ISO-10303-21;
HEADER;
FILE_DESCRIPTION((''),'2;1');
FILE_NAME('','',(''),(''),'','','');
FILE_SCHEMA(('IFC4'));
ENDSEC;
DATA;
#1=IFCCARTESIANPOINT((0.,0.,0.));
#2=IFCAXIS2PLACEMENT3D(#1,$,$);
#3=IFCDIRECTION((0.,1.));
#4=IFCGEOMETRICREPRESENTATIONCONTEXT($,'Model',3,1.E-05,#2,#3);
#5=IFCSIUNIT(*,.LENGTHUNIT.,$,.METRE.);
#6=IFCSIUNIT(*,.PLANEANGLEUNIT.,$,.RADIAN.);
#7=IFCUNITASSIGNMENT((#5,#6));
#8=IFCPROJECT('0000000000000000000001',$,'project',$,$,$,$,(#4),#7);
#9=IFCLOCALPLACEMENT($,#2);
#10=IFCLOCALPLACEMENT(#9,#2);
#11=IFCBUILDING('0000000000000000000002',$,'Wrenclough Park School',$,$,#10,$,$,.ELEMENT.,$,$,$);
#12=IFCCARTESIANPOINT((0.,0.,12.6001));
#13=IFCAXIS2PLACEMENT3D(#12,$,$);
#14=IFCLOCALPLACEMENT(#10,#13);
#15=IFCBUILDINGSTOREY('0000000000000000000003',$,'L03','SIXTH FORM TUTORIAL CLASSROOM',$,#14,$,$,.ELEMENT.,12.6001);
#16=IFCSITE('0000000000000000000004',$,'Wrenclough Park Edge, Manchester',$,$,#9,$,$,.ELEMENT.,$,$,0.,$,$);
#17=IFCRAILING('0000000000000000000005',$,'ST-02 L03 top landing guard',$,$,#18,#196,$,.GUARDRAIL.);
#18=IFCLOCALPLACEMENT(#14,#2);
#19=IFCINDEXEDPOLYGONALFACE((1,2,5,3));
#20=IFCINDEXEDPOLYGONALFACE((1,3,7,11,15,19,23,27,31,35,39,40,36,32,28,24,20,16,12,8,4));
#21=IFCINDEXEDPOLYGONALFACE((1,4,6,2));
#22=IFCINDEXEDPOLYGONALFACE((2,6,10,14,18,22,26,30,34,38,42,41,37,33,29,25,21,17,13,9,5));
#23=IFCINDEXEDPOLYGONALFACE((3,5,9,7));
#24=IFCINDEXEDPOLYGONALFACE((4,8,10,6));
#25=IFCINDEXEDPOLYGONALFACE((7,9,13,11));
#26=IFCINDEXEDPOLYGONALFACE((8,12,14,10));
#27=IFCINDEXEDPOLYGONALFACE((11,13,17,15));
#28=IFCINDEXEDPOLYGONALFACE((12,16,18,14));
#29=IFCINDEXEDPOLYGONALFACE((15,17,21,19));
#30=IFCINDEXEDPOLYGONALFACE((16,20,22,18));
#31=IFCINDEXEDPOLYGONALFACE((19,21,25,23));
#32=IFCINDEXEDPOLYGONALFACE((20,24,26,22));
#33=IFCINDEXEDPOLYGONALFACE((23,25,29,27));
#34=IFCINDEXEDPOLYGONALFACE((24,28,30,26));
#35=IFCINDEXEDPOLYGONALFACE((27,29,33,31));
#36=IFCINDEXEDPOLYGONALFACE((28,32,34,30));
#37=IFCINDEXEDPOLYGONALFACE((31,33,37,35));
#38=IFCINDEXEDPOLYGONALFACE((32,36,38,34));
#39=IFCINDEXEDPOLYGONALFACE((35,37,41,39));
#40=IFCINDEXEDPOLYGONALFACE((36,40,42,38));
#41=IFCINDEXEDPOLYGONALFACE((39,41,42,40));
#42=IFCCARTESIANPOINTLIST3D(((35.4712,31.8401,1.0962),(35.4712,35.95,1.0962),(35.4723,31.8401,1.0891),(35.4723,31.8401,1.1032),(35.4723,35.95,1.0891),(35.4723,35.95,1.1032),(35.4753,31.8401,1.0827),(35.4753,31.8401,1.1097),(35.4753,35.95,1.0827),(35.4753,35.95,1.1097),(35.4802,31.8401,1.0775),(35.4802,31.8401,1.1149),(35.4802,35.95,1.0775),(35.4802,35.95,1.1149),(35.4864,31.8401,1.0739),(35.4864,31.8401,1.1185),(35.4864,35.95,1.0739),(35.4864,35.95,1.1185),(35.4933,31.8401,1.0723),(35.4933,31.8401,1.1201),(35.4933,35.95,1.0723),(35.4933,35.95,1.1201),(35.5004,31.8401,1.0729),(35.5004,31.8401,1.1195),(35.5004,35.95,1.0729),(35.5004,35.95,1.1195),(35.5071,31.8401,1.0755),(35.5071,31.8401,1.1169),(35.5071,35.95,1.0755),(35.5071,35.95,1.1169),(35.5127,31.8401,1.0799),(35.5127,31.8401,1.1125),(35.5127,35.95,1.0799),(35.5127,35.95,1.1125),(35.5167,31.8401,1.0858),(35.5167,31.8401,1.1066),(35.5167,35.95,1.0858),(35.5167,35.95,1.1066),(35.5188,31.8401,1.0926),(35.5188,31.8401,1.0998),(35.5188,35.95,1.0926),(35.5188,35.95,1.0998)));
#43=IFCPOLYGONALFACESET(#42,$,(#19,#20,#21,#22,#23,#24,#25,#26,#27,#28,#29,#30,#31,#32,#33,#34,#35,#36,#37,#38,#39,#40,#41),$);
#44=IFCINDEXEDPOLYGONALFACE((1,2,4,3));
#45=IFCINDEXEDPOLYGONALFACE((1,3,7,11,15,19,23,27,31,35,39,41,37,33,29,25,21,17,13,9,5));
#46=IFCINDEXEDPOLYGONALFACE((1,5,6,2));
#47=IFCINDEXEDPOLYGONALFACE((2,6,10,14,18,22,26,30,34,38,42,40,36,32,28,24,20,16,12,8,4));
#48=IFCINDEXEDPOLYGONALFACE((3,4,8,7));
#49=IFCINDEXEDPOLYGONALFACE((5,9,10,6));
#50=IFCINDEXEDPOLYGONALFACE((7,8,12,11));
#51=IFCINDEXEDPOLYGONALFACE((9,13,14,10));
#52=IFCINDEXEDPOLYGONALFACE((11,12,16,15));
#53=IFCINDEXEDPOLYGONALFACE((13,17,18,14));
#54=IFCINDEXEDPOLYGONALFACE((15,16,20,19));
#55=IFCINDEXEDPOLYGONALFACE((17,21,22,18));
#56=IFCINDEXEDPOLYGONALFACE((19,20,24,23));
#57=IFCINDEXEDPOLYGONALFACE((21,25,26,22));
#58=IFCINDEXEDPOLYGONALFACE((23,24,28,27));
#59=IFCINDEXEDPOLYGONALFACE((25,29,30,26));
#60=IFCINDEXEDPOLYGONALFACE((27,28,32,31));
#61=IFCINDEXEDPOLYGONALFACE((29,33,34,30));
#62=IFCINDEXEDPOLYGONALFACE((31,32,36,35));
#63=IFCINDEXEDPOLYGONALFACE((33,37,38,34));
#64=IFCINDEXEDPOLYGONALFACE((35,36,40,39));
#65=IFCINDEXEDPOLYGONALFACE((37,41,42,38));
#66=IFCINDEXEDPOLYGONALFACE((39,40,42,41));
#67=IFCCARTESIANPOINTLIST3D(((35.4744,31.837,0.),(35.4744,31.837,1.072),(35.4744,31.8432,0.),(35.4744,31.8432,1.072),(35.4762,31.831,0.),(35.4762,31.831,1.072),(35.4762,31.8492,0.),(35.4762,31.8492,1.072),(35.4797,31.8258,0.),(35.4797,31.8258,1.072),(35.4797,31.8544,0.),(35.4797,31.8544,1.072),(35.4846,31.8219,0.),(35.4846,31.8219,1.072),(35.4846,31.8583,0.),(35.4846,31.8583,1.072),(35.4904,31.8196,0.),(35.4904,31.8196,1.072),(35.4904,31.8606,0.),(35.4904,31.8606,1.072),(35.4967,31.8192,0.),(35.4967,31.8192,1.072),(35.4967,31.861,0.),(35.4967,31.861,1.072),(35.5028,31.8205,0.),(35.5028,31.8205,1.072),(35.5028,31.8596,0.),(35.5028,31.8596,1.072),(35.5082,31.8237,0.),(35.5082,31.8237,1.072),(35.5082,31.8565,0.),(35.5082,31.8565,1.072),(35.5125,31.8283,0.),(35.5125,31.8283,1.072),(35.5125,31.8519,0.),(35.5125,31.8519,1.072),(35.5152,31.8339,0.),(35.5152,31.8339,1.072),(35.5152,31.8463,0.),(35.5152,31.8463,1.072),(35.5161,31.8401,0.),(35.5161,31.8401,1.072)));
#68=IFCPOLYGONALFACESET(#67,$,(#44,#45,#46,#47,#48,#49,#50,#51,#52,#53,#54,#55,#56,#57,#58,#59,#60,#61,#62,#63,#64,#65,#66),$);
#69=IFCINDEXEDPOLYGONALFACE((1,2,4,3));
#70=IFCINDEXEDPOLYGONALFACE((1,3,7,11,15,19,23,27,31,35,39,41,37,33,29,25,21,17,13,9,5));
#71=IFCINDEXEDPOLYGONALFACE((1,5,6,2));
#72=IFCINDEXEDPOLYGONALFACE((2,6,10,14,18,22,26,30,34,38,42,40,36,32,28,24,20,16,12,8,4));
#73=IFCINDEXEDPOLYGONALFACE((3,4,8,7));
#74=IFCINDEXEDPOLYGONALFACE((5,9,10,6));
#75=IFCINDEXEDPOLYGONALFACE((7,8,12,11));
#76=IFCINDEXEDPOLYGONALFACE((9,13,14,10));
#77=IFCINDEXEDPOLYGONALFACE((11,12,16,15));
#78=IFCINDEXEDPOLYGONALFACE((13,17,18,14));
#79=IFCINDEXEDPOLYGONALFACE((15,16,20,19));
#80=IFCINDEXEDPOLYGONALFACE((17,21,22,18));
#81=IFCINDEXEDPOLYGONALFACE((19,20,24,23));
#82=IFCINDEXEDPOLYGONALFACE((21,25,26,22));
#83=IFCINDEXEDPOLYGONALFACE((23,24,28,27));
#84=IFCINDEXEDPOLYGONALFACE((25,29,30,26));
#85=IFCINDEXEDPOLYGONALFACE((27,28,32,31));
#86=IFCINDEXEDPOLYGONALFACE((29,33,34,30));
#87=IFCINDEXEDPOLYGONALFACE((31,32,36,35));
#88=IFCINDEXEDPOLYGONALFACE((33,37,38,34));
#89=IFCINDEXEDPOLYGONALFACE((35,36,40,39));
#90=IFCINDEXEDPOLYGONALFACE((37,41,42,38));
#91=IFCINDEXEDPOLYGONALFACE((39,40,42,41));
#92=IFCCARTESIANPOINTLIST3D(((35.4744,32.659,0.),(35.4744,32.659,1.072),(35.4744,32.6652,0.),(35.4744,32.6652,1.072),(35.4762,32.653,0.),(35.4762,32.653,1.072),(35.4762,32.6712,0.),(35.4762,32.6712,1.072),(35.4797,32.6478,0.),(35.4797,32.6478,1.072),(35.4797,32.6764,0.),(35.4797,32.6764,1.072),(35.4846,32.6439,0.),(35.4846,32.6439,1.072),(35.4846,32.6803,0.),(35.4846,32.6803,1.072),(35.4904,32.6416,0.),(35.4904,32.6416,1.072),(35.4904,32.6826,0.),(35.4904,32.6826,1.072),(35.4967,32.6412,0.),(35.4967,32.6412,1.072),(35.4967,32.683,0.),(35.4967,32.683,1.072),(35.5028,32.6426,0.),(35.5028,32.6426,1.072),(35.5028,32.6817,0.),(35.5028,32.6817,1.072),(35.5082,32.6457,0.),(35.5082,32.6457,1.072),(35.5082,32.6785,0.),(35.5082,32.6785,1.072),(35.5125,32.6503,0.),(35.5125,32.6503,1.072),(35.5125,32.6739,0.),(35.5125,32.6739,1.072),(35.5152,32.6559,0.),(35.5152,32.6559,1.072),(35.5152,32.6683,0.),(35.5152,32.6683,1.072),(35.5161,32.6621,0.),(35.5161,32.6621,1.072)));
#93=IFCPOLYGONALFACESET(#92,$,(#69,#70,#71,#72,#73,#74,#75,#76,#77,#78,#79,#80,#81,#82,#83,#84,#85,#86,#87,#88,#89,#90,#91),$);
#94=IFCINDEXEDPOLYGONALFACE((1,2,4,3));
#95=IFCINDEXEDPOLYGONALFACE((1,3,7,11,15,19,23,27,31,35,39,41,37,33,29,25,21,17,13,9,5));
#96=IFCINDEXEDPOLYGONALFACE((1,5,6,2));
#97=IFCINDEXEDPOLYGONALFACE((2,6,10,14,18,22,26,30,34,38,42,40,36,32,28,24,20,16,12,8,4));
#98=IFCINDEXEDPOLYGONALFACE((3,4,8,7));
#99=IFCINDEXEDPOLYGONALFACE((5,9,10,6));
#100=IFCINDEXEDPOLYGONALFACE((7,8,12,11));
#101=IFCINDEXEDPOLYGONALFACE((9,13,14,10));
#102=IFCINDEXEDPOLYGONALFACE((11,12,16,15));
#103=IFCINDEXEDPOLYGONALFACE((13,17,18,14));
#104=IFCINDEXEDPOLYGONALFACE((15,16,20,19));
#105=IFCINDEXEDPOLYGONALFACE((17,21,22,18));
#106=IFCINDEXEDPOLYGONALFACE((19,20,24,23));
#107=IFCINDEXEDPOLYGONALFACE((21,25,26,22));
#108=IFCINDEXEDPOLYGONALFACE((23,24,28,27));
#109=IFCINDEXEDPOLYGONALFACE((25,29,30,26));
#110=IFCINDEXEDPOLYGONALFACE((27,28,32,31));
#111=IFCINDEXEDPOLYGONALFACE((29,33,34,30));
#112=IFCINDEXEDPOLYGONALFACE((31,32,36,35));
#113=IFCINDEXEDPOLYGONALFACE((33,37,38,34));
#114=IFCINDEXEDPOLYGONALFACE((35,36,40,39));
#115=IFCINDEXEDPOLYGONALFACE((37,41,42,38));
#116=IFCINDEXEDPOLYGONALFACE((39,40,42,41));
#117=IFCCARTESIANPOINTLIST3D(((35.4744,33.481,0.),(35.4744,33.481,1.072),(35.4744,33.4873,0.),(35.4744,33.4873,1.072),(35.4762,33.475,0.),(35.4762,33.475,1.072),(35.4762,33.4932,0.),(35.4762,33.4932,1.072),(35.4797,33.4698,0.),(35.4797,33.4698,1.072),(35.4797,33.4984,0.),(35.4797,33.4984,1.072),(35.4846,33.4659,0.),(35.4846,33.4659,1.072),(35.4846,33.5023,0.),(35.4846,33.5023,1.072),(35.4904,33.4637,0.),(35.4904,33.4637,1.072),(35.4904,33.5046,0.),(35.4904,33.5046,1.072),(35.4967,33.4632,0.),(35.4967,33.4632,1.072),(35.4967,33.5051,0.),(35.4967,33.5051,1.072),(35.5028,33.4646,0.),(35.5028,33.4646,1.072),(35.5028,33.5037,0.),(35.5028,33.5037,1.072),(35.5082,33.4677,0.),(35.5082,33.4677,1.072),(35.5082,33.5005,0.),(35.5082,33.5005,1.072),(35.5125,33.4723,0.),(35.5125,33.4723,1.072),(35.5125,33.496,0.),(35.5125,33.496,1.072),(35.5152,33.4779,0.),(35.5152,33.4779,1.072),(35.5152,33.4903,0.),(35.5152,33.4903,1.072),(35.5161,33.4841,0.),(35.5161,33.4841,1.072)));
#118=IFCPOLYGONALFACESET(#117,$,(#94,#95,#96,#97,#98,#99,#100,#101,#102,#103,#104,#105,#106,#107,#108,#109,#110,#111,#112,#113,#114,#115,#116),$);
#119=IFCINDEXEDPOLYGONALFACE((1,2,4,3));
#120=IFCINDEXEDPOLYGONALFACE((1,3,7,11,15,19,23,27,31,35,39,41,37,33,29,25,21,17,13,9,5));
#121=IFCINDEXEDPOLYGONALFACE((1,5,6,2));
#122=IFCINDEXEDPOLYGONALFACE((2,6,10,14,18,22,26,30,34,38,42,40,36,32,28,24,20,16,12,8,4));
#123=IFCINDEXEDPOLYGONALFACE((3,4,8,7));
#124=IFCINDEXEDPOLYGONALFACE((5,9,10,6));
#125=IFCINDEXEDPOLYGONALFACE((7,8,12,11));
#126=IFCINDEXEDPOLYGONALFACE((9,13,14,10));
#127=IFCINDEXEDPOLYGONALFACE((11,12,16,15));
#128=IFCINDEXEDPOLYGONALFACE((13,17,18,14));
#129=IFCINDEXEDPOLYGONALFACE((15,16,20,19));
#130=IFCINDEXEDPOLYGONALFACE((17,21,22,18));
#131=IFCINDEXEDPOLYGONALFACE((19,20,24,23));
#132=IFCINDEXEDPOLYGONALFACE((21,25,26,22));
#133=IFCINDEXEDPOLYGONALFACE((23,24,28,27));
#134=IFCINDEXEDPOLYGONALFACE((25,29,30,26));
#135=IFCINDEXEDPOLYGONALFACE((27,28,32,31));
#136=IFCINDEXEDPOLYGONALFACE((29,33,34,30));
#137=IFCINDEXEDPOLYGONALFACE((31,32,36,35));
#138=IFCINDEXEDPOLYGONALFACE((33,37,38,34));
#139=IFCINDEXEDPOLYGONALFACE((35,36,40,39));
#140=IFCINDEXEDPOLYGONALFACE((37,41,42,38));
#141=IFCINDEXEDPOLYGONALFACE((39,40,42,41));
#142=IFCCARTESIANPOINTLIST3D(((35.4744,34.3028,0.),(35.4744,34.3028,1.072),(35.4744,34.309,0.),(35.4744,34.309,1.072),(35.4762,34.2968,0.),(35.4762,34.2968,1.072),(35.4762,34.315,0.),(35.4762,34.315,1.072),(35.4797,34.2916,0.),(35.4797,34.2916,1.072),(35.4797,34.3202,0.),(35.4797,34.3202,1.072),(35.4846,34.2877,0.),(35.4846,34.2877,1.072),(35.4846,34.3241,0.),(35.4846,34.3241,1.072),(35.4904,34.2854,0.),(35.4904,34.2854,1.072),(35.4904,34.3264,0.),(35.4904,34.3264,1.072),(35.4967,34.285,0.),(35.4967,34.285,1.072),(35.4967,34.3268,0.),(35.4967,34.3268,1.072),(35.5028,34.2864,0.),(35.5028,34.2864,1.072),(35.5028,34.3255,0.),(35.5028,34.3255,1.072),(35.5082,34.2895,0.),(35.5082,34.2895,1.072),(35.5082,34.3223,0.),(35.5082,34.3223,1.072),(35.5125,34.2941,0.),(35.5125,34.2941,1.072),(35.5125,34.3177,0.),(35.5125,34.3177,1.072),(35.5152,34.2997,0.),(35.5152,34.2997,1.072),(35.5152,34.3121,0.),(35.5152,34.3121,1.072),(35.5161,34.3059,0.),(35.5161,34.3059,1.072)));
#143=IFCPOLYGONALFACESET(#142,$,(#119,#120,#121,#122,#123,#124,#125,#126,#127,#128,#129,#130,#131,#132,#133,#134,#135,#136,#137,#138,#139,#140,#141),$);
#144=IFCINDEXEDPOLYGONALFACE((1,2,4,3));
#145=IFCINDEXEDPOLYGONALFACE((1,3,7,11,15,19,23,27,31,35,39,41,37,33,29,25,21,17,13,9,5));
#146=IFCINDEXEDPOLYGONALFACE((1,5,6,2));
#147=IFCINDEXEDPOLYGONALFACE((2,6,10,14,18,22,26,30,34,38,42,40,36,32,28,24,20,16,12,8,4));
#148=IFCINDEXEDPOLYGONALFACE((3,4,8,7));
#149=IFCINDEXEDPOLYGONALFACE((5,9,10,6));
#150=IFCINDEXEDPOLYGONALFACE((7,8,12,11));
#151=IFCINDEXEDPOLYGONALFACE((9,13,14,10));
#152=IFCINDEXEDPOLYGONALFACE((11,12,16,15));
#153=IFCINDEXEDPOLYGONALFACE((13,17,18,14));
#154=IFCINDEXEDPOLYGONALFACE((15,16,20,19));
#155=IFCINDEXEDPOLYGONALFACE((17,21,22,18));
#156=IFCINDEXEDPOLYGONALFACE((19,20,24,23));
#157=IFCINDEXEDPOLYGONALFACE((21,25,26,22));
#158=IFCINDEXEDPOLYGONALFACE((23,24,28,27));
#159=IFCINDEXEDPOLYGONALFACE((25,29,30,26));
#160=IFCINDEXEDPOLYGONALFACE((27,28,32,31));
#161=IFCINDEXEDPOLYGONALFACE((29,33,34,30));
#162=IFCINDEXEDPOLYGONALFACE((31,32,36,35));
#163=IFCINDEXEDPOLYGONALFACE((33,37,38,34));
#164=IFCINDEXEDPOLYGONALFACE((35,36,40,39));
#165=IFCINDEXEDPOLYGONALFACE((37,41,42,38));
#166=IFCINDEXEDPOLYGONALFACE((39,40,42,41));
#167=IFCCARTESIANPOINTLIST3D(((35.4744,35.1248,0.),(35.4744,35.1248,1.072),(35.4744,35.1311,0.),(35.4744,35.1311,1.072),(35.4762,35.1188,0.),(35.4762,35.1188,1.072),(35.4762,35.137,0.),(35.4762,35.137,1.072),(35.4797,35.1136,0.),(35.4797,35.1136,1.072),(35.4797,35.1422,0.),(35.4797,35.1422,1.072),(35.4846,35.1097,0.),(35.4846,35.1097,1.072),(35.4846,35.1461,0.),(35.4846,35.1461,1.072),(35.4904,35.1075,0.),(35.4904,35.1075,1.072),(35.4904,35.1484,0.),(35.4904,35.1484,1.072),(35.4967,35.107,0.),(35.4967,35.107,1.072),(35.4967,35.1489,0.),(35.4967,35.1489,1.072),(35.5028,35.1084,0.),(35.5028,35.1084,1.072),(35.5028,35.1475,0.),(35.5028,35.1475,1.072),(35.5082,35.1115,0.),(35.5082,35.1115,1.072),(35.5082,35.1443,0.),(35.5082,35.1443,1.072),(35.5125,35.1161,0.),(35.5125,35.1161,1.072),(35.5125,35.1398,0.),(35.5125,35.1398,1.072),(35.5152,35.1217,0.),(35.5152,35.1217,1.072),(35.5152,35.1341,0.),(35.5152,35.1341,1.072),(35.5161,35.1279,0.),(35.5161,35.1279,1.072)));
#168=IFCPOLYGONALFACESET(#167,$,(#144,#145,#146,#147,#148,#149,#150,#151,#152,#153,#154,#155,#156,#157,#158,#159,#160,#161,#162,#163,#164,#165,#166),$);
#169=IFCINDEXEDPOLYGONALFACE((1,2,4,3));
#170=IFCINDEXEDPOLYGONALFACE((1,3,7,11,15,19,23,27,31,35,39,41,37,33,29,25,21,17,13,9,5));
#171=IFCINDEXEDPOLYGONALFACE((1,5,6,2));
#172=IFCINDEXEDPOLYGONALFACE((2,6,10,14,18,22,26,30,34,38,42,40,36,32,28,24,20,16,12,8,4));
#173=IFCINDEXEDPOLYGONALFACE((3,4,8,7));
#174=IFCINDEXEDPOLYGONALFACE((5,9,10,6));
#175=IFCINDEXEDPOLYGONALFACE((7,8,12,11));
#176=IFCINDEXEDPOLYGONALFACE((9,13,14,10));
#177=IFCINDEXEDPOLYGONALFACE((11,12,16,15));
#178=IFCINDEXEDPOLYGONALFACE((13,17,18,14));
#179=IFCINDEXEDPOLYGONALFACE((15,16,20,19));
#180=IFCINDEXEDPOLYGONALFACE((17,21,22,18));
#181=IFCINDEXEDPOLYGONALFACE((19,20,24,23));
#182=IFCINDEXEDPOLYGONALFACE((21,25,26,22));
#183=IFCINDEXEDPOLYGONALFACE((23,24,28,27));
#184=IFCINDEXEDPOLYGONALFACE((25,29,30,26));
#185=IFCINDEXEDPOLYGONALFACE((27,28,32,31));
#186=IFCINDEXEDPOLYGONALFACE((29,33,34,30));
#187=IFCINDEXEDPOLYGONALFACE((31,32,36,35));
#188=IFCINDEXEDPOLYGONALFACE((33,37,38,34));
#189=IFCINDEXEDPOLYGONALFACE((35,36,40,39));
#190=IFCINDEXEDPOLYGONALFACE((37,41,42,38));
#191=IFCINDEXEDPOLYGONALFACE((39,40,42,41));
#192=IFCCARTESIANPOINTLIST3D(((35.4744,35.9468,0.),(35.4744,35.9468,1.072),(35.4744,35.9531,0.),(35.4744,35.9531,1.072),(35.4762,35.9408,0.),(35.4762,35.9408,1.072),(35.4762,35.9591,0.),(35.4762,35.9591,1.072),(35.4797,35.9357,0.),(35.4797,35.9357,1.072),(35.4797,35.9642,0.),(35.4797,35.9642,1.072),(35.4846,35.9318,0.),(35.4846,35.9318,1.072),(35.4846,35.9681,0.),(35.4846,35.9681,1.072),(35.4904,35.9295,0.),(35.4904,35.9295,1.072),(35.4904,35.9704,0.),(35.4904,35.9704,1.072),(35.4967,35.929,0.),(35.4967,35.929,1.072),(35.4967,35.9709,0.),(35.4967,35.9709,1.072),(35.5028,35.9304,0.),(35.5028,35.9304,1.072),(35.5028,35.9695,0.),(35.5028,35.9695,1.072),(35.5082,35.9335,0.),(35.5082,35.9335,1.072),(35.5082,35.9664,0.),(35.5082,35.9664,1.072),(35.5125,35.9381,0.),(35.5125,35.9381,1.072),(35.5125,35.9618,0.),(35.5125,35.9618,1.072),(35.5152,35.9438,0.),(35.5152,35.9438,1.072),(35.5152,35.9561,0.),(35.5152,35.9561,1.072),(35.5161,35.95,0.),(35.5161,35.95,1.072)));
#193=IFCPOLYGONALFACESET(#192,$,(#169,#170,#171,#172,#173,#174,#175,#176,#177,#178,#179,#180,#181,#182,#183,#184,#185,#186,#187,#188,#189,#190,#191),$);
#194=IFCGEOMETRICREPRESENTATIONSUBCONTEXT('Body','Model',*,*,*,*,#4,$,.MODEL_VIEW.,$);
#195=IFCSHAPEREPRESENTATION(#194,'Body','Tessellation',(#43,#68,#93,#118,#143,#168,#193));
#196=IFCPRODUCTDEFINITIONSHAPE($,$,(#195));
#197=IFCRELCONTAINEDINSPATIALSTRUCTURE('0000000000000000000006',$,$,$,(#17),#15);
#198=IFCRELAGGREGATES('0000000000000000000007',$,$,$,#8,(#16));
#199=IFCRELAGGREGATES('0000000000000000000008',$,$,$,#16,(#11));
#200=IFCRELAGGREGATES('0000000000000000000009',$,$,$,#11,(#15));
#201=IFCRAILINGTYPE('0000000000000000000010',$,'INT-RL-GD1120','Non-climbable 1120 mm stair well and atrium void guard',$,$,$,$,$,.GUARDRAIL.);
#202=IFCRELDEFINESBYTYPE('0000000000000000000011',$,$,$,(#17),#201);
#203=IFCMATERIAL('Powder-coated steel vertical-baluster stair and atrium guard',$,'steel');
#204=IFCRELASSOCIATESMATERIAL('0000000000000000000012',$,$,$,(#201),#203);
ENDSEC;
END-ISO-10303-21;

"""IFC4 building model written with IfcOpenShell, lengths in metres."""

from ifc_helpers import new_model, si_unit, direction, frame, origin, origin_2d, place, context, subcontext, project, spatial, circle, extrude, material, type_object, element, save


model = new_model("IFC4")

# Units and contexts
model_context = context("Model", 3, precision=1e-05, world=origin(), true_north=direction((0.0, 1.0)))
body_context = subcontext(model_context, "Body", "Model", "MODEL_VIEW")
ifc_project = project(units=[si_unit("LENGTHUNIT", "METRE"), si_unit("PLANEANGLEUNIT", "RADIAN")], contexts=[model_context])

# Site, building, storey
site_placement = place(None, origin())
site = spatial("IfcSite", under=ifc_project, at=site_placement, Name="Wrenclough Park Edge, Manchester", CompositionType="ELEMENT", RefElevation=0.0)
building_placement = place(site_placement, origin())
building = spatial("IfcBuilding", under=site, at=building_placement, Name="Wrenclough Park School", CompositionType="ELEMENT")
storey_placement = place(building_placement, frame((0.0, 0.0, 12.6001)))
storey = spatial("IfcBuildingStorey", under=building, at=storey_placement, Name="L03", Description="SIXTH FORM TUTORIAL CLASSROOM", CompositionType="ELEMENT", Elevation=12.6001)

# Railing
ifc_material_1 = material(Name="Powder-coated steel vertical-baluster stair and atrium guard", Category="steel")
railing_type = type_object("IfcRailingType", Name="INT-RL-GD1120", Description="Non-climbable 1120 mm stair well and atrium void guard", PredefinedType="GUARDRAIL", material=ifc_material_1)
railing_1_placement = place(storey_placement, frame((35.4951, 31.8401, 0.0)))
element("IfcRailing", 1, at=railing_1_placement, inside=storey, type_object=railing_type, Name="ST-02 L03 top landing guard", PredefinedType="GUARDRAIL", context=body_context, shape_type="SweptSolid", body=[
    extrude(circle(Radius=0.0239, at=origin_2d()), frame((0.0, 0.0, 1.0962), z_axis=(0.0, 1.0, 0.0), x_axis=(-1.0, 0.0, 0.0)), (0.0, 0.0, 1.0), 4.1099),
    extrude(circle(Radius=0.021, at=origin_2d()), origin(), (0.0, 0.0, 1.0), 1.072),
    extrude(circle(Radius=0.021, at=origin_2d()), frame((0.0, 0.822, 0.0)), (0.0, 0.0, 1.0), 1.072),
    extrude(circle(Radius=0.021, at=origin_2d()), frame((0.0, 1.644, 0.0)), (0.0, 0.0, 1.0), 1.072),
    extrude(circle(Radius=0.021, at=origin_2d()), frame((0.0, 2.4658, 0.0)), (0.0, 0.0, 1.0), 1.072),
    extrude(circle(Radius=0.021, at=origin_2d()), frame((0.0, 3.2878, 0.0)), (0.0, 0.0, 1.0), 1.072),
    extrude(circle(Radius=0.021, at=origin_2d()), frame((0.0, 4.1099, 0.0)), (0.0, 0.0, 1.0), 1.072),
])

save(model, "model.ifc")
